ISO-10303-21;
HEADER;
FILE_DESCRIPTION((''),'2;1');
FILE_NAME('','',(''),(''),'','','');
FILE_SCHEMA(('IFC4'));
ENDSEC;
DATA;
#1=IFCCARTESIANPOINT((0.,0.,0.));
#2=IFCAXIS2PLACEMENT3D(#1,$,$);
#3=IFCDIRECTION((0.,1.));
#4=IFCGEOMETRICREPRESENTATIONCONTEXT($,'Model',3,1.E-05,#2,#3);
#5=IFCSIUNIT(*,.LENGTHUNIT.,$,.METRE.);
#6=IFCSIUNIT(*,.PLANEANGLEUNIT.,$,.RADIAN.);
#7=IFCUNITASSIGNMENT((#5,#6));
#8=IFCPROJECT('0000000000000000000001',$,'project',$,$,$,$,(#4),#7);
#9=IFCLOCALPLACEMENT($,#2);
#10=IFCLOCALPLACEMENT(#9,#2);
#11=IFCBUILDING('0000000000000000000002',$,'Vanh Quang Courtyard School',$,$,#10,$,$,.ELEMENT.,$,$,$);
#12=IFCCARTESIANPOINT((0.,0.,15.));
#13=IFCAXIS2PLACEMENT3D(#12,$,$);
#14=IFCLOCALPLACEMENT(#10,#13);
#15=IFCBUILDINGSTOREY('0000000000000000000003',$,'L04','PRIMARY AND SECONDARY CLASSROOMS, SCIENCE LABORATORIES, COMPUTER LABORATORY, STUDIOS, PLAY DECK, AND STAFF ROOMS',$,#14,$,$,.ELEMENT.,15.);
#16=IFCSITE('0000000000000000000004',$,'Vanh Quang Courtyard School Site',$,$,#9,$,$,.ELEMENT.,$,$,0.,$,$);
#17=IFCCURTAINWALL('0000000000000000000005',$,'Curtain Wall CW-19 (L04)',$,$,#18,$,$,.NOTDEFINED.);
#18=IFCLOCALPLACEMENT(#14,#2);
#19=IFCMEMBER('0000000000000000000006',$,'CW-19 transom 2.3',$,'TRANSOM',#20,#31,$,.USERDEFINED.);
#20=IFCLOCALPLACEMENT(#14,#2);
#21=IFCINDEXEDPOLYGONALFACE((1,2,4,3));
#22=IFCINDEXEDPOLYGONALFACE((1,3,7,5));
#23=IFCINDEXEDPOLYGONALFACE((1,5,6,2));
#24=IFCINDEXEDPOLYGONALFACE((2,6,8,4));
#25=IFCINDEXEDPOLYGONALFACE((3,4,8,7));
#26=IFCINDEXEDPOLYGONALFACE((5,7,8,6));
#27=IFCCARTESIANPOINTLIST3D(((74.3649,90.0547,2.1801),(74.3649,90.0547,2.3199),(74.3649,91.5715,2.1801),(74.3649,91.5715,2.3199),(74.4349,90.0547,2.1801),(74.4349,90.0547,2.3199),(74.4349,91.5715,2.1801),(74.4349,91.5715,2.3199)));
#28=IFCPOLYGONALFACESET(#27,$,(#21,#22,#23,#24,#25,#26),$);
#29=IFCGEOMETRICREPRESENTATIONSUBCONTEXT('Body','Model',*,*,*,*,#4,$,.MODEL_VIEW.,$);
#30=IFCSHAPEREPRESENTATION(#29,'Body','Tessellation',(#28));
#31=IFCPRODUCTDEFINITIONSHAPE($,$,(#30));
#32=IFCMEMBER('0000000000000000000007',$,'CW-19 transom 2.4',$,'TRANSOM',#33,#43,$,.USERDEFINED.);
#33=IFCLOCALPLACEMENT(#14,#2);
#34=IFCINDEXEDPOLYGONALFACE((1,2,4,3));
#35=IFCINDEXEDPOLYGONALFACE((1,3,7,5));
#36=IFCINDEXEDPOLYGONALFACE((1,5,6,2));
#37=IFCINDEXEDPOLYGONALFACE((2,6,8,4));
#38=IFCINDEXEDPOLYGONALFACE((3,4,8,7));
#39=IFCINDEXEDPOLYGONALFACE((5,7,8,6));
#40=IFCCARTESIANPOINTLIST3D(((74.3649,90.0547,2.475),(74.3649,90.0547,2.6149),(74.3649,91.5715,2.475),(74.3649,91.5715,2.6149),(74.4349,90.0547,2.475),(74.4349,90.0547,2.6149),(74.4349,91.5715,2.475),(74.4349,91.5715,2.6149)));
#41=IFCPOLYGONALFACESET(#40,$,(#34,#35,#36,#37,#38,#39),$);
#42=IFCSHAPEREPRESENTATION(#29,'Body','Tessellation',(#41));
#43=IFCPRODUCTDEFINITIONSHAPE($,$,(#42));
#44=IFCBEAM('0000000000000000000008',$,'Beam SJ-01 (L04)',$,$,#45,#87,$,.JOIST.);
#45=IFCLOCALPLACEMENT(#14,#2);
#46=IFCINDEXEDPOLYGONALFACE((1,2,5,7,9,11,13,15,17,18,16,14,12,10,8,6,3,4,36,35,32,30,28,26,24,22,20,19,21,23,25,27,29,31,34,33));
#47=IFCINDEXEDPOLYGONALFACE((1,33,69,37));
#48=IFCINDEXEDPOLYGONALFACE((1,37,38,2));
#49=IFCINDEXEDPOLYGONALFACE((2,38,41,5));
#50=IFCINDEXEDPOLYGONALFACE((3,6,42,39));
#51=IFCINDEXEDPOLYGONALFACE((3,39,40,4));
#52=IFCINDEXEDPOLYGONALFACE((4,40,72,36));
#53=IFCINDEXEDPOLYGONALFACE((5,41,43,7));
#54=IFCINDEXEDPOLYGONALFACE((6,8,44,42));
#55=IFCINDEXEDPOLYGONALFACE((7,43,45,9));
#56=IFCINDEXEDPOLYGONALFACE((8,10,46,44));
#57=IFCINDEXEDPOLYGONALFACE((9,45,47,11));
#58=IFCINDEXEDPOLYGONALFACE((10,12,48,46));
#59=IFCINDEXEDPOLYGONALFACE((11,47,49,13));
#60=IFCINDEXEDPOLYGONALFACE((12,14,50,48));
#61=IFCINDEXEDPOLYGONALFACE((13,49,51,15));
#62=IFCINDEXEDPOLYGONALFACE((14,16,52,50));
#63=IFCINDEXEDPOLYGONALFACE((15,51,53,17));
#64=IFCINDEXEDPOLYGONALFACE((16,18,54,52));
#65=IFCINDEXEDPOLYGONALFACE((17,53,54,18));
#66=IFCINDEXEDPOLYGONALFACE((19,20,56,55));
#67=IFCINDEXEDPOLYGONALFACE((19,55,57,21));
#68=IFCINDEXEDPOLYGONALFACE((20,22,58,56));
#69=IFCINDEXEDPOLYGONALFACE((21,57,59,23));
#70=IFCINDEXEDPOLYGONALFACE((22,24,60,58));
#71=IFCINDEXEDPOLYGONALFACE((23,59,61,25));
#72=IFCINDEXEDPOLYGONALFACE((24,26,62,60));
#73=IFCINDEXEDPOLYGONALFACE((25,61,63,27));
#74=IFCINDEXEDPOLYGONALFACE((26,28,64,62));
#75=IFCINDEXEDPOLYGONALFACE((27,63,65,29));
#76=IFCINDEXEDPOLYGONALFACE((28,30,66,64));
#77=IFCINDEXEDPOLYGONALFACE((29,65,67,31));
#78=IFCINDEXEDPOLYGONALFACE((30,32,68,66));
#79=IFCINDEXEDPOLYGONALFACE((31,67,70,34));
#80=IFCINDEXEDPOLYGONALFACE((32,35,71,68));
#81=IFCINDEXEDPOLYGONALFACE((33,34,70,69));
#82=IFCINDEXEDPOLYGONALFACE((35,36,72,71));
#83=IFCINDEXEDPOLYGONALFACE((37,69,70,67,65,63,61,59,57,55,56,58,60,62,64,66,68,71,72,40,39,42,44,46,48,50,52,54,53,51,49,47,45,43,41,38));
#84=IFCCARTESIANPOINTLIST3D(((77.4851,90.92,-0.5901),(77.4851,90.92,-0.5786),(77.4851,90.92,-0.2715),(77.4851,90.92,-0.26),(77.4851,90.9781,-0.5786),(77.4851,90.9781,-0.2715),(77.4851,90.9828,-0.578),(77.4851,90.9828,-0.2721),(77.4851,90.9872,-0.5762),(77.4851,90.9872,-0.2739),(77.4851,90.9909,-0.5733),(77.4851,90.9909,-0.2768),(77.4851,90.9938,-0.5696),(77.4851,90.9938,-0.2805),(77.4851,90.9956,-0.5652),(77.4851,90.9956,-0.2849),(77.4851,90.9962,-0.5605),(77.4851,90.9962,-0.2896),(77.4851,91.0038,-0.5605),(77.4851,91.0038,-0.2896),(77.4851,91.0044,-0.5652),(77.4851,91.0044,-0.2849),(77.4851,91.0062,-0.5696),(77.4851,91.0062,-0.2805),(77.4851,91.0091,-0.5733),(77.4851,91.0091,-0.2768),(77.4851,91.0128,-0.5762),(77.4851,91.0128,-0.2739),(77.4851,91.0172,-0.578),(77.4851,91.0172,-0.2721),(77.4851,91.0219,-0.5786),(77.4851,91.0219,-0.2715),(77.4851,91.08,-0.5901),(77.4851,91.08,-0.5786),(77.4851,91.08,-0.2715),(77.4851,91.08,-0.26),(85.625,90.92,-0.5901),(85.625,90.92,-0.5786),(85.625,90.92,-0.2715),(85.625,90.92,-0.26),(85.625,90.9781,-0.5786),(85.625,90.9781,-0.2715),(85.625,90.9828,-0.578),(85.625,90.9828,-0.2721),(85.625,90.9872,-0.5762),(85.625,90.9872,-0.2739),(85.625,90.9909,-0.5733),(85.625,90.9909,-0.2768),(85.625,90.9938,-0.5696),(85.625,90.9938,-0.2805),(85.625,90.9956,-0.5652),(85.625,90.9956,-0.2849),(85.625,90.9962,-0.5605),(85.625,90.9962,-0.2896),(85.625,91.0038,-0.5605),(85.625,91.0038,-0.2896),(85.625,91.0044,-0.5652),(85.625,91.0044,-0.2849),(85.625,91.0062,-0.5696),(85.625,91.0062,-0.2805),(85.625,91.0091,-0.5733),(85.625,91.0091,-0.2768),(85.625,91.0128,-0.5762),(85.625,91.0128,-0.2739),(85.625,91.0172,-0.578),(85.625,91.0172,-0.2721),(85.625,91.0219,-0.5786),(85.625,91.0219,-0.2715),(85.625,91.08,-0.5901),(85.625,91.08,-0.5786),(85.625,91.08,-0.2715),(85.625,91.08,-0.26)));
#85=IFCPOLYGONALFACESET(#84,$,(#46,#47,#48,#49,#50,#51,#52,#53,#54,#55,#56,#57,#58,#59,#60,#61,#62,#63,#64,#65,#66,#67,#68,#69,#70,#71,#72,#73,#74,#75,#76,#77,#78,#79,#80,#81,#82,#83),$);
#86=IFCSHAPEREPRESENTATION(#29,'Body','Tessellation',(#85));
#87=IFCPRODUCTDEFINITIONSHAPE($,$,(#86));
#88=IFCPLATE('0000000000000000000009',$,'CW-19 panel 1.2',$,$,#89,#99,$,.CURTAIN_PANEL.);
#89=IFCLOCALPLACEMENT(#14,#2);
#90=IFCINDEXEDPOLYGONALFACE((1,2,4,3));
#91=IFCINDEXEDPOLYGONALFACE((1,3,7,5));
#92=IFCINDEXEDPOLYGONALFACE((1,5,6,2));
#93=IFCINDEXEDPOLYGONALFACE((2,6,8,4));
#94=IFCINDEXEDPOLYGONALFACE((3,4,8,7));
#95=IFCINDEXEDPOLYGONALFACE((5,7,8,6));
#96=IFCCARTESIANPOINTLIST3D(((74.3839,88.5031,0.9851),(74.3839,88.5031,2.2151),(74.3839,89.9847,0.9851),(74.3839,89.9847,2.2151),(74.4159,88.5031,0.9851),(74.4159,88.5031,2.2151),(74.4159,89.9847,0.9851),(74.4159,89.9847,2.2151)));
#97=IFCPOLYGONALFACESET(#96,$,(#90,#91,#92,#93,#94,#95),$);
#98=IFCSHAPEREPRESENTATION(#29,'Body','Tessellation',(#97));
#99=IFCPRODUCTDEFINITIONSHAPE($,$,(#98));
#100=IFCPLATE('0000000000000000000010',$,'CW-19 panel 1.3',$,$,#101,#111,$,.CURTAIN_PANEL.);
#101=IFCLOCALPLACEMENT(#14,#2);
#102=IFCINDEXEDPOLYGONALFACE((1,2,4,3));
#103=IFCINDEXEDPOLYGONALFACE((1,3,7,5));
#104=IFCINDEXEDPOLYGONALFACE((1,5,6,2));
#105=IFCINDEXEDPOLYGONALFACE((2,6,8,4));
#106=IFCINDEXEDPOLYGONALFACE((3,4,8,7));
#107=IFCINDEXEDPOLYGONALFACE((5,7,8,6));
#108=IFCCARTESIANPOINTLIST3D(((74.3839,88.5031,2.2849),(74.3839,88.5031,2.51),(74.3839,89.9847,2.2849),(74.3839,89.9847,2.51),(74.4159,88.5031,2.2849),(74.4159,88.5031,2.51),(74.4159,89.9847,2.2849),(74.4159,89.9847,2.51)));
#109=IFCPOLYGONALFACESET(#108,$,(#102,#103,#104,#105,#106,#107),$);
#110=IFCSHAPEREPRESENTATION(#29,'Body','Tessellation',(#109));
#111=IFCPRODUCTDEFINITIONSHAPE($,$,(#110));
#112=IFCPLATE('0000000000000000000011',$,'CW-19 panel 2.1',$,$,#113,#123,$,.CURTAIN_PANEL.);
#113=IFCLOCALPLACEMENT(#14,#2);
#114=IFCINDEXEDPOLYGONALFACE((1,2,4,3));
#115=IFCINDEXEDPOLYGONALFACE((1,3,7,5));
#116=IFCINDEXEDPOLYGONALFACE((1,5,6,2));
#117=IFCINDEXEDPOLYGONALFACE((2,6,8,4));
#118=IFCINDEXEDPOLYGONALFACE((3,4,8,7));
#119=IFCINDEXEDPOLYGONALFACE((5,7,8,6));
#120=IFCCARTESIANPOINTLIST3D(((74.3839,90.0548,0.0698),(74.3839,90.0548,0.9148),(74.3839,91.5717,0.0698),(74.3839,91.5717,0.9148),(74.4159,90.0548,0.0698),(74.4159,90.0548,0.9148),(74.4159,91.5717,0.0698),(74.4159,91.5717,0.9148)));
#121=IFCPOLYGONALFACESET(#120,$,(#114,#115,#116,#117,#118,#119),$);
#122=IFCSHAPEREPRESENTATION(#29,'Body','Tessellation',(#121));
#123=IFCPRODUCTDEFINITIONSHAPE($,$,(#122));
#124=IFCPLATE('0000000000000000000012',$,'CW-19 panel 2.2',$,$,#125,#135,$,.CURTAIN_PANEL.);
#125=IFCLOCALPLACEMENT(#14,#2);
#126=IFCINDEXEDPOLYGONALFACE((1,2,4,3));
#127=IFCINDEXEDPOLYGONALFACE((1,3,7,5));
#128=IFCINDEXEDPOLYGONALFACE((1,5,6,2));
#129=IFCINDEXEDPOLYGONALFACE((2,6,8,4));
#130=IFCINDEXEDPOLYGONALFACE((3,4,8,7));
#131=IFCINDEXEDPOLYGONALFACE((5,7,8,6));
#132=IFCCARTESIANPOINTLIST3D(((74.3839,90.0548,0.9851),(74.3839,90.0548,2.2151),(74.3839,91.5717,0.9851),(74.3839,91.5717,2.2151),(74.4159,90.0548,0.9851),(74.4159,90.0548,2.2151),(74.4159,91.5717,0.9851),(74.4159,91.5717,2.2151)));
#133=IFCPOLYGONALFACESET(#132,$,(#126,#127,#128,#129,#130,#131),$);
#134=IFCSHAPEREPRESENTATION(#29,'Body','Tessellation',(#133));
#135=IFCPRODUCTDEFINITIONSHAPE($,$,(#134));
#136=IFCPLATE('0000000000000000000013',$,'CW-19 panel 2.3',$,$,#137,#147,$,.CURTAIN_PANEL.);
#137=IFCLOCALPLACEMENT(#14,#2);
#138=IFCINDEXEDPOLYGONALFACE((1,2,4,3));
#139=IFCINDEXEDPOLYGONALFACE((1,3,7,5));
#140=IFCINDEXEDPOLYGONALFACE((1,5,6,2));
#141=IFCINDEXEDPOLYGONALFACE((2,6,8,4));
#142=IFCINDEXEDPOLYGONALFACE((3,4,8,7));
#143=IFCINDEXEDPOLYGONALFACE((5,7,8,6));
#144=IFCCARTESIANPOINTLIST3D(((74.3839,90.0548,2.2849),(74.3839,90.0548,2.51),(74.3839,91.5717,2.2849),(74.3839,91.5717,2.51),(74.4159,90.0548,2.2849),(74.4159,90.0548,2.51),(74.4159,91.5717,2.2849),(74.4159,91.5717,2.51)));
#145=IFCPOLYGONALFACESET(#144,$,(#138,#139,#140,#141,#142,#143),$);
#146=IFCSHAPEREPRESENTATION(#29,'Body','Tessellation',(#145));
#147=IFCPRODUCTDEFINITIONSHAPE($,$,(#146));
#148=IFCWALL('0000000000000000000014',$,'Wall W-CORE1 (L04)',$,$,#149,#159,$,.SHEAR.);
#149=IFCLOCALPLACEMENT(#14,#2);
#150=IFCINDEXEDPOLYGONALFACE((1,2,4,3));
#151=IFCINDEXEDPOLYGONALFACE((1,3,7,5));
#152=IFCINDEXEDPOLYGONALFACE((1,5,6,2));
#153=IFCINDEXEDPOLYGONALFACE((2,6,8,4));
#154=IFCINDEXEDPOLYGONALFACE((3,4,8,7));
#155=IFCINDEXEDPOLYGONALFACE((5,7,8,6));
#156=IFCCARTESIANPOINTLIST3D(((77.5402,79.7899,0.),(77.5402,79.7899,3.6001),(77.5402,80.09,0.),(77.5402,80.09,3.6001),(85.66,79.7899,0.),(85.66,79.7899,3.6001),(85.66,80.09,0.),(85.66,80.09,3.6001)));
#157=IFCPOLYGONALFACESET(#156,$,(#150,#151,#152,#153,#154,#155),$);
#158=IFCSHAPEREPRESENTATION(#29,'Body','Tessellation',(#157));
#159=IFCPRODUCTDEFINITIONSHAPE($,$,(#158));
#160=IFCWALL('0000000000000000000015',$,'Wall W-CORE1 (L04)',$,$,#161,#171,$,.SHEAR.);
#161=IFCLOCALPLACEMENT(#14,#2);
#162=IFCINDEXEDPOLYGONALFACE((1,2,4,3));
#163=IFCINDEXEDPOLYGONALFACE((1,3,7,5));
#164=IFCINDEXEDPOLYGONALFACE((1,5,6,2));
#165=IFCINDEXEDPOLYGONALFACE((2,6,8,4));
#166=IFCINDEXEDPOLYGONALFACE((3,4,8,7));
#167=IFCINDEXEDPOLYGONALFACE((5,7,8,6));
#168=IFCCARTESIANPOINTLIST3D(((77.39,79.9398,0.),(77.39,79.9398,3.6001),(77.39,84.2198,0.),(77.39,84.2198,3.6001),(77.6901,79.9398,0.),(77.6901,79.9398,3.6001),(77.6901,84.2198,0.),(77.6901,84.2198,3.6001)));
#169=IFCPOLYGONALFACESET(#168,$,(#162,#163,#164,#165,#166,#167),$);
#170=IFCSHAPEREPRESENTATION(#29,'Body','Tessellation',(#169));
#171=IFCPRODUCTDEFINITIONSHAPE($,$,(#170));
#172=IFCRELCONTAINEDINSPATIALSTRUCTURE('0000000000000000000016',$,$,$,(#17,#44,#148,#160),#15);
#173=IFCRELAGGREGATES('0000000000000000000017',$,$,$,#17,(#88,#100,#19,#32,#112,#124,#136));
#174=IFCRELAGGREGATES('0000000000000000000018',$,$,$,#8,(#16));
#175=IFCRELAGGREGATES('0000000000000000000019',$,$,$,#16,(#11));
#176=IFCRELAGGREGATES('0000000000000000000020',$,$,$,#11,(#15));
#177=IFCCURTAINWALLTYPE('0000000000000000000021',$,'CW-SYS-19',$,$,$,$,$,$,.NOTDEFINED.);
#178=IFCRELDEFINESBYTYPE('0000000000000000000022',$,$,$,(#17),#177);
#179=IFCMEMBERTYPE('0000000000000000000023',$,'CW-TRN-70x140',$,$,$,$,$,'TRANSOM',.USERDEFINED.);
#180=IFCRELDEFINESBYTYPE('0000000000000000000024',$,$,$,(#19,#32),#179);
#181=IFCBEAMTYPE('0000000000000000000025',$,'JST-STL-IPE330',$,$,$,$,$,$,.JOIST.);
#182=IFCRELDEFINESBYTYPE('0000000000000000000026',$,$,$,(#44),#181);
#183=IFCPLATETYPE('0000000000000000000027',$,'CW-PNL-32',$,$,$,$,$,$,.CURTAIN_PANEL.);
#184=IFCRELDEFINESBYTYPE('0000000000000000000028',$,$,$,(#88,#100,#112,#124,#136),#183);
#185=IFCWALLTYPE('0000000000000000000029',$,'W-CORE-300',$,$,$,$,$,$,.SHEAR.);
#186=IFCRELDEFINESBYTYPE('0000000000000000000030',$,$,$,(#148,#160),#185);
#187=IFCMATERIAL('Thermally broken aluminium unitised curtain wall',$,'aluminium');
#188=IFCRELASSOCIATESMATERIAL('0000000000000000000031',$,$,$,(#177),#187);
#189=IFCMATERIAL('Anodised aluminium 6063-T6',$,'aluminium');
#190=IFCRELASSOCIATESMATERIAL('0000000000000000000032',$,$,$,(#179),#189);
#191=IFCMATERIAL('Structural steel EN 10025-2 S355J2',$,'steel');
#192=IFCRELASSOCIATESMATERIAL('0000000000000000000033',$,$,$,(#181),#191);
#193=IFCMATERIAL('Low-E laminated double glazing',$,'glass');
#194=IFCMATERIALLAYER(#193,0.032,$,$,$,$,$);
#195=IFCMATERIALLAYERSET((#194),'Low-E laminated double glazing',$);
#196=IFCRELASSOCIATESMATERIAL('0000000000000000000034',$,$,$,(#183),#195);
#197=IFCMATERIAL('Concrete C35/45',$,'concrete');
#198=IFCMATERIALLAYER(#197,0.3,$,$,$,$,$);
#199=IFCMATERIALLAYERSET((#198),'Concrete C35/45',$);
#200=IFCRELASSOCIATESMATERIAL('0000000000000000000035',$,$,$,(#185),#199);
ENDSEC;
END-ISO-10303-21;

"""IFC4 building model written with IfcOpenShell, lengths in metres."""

from ifc_helpers import new_model, si_unit, direction, frame, frame_2d, origin, origin_2d, place, context, subcontext, project, spatial, rectangle, i_section, extrude, material, layer, layer_set, material_profile, profile_set, type_object, element, aggregate, save


model = new_model("IFC4")

# Units and contexts
model_context = context("Model", 3, precision=1e-05, world=origin(), true_north=direction((0.0, 1.0)))
body_context = subcontext(model_context, "Body", "Model", "MODEL_VIEW")
ifc_project = project(units=[si_unit("LENGTHUNIT", "METRE"), si_unit("PLANEANGLEUNIT", "RADIAN")], contexts=[model_context])

# Site, building, storey
site_placement = place(None, origin())
site = spatial("IfcSite", under=ifc_project, at=site_placement, Name="Vanh Quang Courtyard School Site", CompositionType="ELEMENT", RefElevation=0.0)
building_placement = place(site_placement, origin())
building = spatial("IfcBuilding", under=site, at=building_placement, Name="Vanh Quang Courtyard School", CompositionType="ELEMENT")
storey_placement = place(building_placement, frame((0.0, 0.0, 15.0)))
storey = spatial("IfcBuildingStorey", under=building, at=storey_placement, Name="L04", Description="PRIMARY AND SECONDARY CLASSROOMS, SCIENCE LABORATORIES, COMPUTER LABORATORY, STUDIOS, PLAY DECK, AND STAFF ROOMS", CompositionType="ELEMENT", Elevation=15.0)

# Shared definitions
ifc_material_1 = material(Name="Concrete C35/45", Category="concrete")

# Shared definitions
ifc_material_2 = material(Name="Structural steel EN 10025-2 S355J2", Category="steel")

# Curtain wall, members
ifc_material_3 = material(Name="Thermally broken aluminium unitised curtain wall", Category="aluminium")
curtain_wall_type = type_object("IfcCurtainWallType", Name="CW-SYS-19", PredefinedType="NOTDEFINED", material=ifc_material_3)
curtain_wall_placement = place(storey_placement, origin())
curtain_wall = element("IfcCurtainWall", 1, at=curtain_wall_placement, inside=storey, type_object=curtain_wall_type, Name="Curtain Wall CW-19 (L04)", PredefinedType="NOTDEFINED")
ifc_material_4 = material(Name="Anodised aluminium 6063-T6", Category="aluminium")
ifc_material_profile_1 = material_profile(ifc_material_4, rectangle(XDim=0.0701, YDim=0.1399, at=origin_2d()), Name="ALU-TRN 70x140")
ifc_profile_set_1 = profile_set([ifc_material_profile_1], Name="Anodised aluminium 6063-T6")
member_type_1 = type_object("IfcMemberType", Name="CW-TRN-70x140", ElementType="TRANSOM", PredefinedType="USERDEFINED", material=ifc_profile_set_1)
member_1_placement = place(storey_placement, frame((74.3999, 90.0547, 2.25), z_axis=(0.0, 1.0, 0.0), x_axis=(-1.0, 0.0, 0.0)))
member_1 = element("IfcMember", 2, at=member_1_placement, type_object=member_type_1, Name="CW-19 transom 2.3", ObjectType="TRANSOM", PredefinedType="USERDEFINED", context=body_context, shape_type="SweptSolid", body=[
    extrude(rectangle(XDim=0.0701, YDim=0.1399, at=origin_2d()), origin(), (0.0, 0.0, 1.0), 1.5168),
])
member_2_placement = place(storey_placement, frame((74.3999, 90.0547, 2.5449), z_axis=(0.0, 1.0, 0.0), x_axis=(-1.0, 0.0, 0.0)))
member_2 = element("IfcMember", 3, at=member_2_placement, type_object=member_type_1, Name="CW-19 transom 2.4", ObjectType="TRANSOM", PredefinedType="USERDEFINED", context=body_context, shape_type="SweptSolid", body=[
    extrude(rectangle(XDim=0.0701, YDim=0.1399, at=origin_2d()), origin(), (0.0, 0.0, 1.0), 1.5168),
])

# Beam
ifc_material_profile_2 = material_profile(ifc_material_2, i_section(OverallWidth=0.1599, OverallDepth=0.3301, WebThickness=0.0076, FlangeThickness=0.0115, FilletRadius=0.0181, at=origin_2d()), Name="IPE 330")
ifc_profile_set_2 = profile_set([ifc_material_profile_2], Name="Structural steel EN 10025-2 S355J2")
beam_type_1 = type_object("IfcBeamType", Name="JST-STL-IPE330", PredefinedType="JOIST", material=ifc_profile_set_2)
beam_1_placement = place(storey_placement, frame((77.4851, 91.0, -0.425), z_axis=(1.0, 0.0, 0.0), x_axis=(0.0, 1.0, 0.0)))
element("IfcBeam", 4, at=beam_1_placement, inside=storey, type_object=beam_type_1, Name="Beam SJ-01 (L04)", PredefinedType="JOIST", context=body_context, shape_type="SweptSolid", body=[
    extrude(i_section(OverallWidth=0.1599, OverallDepth=0.3301, WebThickness=0.0076, FlangeThickness=0.0115, FilletRadius=0.0181, at=origin_2d()), origin(), (0.0, 0.0, 1.0), 8.1399),
])

# Plates
ifc_material_5 = material(Name="Low-E laminated double glazing", Category="glass")
ifc_layer_1 = layer(ifc_material_5, 0.032)
ifc_layer_set_1 = layer_set([ifc_layer_1], Name="Low-E laminated double glazing")
plate_type = type_object("IfcPlateType", Name="CW-PNL-32", PredefinedType="CURTAIN_PANEL", material=ifc_layer_set_1)
plate_1_placement = place(storey_placement, frame((74.3999, 89.2439, 0.9851), z_axis=(0.0, 0.0, 1.0), x_axis=(0.0, 1.0, 0.0)))
plate_1 = element("IfcPlate", 5, at=plate_1_placement, type_object=plate_type, Name="CW-19 panel 1.2", PredefinedType="CURTAIN_PANEL", context=body_context, shape_type="SweptSolid", body=[
    extrude(rectangle(XDim=1.4817, YDim=0.032, at=origin_2d()), origin(), (0.0, 0.0, 1.0), 1.23),
])
plate_2_placement = place(storey_placement, frame((74.3999, 89.2439, 2.2849), z_axis=(0.0, 0.0, 1.0), x_axis=(0.0, 1.0, 0.0)))
plate_2 = element("IfcPlate", 6, at=plate_2_placement, type_object=plate_type, Name="CW-19 panel 1.3", PredefinedType="CURTAIN_PANEL", context=body_context, shape_type="SweptSolid", body=[
    extrude(rectangle(XDim=1.4817, YDim=0.032, at=origin_2d()), origin(), (0.0, 0.0, 1.0), 0.2251),
])
plate_3_placement = place(storey_placement, frame((74.3999, 90.8132, 0.0698), z_axis=(0.0, 0.0, 1.0), x_axis=(0.0, 1.0, 0.0)))
plate_3 = element("IfcPlate", 7, at=plate_3_placement, type_object=plate_type, Name="CW-19 panel 2.1", PredefinedType="CURTAIN_PANEL", context=body_context, shape_type="SweptSolid", body=[
    extrude(rectangle(XDim=1.5168, YDim=0.032, at=origin_2d()), origin(), (0.0, 0.0, 1.0), 0.845),
])
plate_4_placement = place(storey_placement, frame((74.3999, 90.8132, 0.9851), z_axis=(0.0, 0.0, 1.0), x_axis=(0.0, 1.0, 0.0)))
plate_4 = element("IfcPlate", 8, at=plate_4_placement, type_object=plate_type, Name="CW-19 panel 2.2", PredefinedType="CURTAIN_PANEL", context=body_context, shape_type="SweptSolid", body=[
    extrude(rectangle(XDim=1.5168, YDim=0.032, at=origin_2d()), origin(), (0.0, 0.0, 1.0), 1.23),
])
plate_5_placement = place(storey_placement, frame((74.3999, 90.8132, 2.2849), z_axis=(0.0, 0.0, 1.0), x_axis=(0.0, 1.0, 0.0)))
plate_5 = element("IfcPlate", 9, at=plate_5_placement, type_object=plate_type, Name="CW-19 panel 2.3", PredefinedType="CURTAIN_PANEL", context=body_context, shape_type="SweptSolid", body=[
    extrude(rectangle(XDim=1.5168, YDim=0.032, at=origin_2d()), origin(), (0.0, 0.0, 1.0), 0.2251),
])
aggregate(curtain_wall, [plate_1, plate_2, member_1, member_2, plate_3, plate_4, plate_5])

# Walls
ifc_layer_2 = layer(ifc_material_1, 0.3)
ifc_layer_set_2 = layer_set([ifc_layer_2], Name="Concrete C35/45")
wall_type_1 = type_object("IfcWallType", Name="W-CORE-300", PredefinedType="SHEAR", material=ifc_layer_set_2)
wall_1_placement = place(storey_placement, frame((77.54, 79.9399, 0.0), z_axis=(0.0, 0.0, 1.0), x_axis=(1.0, 0.0, 0.0)))
element("IfcWall", 10, at=wall_1_placement, inside=storey, type_object=wall_type_1, Name="Wall W-CORE1 (L04)", PredefinedType="SHEAR", context=body_context, shape_type="SweptSolid", body=[
    extrude(rectangle(XDim=8.1199, YDim=0.3, at=frame_2d((4.0601, 0.0))), origin(), (0.0, 0.0, 1.0), 3.6001),
])
wall_2_placement = place(storey_placement, frame((77.54, 84.22, 0.0), z_axis=(0.0, 0.0, 1.0), x_axis=(0.0, -1.0, 0.0)))
element("IfcWall", 11, at=wall_2_placement, inside=storey, type_object=wall_type_1, Name="Wall W-CORE1 (L04)", PredefinedType="SHEAR", context=body_context, shape_type="SweptSolid", body=[
    extrude(rectangle(XDim=4.28, YDim=0.3, at=frame_2d((2.1401, 0.0))), origin(), (0.0, 0.0, 1.0), 3.6001),
])

save(model, "model.ifc")
